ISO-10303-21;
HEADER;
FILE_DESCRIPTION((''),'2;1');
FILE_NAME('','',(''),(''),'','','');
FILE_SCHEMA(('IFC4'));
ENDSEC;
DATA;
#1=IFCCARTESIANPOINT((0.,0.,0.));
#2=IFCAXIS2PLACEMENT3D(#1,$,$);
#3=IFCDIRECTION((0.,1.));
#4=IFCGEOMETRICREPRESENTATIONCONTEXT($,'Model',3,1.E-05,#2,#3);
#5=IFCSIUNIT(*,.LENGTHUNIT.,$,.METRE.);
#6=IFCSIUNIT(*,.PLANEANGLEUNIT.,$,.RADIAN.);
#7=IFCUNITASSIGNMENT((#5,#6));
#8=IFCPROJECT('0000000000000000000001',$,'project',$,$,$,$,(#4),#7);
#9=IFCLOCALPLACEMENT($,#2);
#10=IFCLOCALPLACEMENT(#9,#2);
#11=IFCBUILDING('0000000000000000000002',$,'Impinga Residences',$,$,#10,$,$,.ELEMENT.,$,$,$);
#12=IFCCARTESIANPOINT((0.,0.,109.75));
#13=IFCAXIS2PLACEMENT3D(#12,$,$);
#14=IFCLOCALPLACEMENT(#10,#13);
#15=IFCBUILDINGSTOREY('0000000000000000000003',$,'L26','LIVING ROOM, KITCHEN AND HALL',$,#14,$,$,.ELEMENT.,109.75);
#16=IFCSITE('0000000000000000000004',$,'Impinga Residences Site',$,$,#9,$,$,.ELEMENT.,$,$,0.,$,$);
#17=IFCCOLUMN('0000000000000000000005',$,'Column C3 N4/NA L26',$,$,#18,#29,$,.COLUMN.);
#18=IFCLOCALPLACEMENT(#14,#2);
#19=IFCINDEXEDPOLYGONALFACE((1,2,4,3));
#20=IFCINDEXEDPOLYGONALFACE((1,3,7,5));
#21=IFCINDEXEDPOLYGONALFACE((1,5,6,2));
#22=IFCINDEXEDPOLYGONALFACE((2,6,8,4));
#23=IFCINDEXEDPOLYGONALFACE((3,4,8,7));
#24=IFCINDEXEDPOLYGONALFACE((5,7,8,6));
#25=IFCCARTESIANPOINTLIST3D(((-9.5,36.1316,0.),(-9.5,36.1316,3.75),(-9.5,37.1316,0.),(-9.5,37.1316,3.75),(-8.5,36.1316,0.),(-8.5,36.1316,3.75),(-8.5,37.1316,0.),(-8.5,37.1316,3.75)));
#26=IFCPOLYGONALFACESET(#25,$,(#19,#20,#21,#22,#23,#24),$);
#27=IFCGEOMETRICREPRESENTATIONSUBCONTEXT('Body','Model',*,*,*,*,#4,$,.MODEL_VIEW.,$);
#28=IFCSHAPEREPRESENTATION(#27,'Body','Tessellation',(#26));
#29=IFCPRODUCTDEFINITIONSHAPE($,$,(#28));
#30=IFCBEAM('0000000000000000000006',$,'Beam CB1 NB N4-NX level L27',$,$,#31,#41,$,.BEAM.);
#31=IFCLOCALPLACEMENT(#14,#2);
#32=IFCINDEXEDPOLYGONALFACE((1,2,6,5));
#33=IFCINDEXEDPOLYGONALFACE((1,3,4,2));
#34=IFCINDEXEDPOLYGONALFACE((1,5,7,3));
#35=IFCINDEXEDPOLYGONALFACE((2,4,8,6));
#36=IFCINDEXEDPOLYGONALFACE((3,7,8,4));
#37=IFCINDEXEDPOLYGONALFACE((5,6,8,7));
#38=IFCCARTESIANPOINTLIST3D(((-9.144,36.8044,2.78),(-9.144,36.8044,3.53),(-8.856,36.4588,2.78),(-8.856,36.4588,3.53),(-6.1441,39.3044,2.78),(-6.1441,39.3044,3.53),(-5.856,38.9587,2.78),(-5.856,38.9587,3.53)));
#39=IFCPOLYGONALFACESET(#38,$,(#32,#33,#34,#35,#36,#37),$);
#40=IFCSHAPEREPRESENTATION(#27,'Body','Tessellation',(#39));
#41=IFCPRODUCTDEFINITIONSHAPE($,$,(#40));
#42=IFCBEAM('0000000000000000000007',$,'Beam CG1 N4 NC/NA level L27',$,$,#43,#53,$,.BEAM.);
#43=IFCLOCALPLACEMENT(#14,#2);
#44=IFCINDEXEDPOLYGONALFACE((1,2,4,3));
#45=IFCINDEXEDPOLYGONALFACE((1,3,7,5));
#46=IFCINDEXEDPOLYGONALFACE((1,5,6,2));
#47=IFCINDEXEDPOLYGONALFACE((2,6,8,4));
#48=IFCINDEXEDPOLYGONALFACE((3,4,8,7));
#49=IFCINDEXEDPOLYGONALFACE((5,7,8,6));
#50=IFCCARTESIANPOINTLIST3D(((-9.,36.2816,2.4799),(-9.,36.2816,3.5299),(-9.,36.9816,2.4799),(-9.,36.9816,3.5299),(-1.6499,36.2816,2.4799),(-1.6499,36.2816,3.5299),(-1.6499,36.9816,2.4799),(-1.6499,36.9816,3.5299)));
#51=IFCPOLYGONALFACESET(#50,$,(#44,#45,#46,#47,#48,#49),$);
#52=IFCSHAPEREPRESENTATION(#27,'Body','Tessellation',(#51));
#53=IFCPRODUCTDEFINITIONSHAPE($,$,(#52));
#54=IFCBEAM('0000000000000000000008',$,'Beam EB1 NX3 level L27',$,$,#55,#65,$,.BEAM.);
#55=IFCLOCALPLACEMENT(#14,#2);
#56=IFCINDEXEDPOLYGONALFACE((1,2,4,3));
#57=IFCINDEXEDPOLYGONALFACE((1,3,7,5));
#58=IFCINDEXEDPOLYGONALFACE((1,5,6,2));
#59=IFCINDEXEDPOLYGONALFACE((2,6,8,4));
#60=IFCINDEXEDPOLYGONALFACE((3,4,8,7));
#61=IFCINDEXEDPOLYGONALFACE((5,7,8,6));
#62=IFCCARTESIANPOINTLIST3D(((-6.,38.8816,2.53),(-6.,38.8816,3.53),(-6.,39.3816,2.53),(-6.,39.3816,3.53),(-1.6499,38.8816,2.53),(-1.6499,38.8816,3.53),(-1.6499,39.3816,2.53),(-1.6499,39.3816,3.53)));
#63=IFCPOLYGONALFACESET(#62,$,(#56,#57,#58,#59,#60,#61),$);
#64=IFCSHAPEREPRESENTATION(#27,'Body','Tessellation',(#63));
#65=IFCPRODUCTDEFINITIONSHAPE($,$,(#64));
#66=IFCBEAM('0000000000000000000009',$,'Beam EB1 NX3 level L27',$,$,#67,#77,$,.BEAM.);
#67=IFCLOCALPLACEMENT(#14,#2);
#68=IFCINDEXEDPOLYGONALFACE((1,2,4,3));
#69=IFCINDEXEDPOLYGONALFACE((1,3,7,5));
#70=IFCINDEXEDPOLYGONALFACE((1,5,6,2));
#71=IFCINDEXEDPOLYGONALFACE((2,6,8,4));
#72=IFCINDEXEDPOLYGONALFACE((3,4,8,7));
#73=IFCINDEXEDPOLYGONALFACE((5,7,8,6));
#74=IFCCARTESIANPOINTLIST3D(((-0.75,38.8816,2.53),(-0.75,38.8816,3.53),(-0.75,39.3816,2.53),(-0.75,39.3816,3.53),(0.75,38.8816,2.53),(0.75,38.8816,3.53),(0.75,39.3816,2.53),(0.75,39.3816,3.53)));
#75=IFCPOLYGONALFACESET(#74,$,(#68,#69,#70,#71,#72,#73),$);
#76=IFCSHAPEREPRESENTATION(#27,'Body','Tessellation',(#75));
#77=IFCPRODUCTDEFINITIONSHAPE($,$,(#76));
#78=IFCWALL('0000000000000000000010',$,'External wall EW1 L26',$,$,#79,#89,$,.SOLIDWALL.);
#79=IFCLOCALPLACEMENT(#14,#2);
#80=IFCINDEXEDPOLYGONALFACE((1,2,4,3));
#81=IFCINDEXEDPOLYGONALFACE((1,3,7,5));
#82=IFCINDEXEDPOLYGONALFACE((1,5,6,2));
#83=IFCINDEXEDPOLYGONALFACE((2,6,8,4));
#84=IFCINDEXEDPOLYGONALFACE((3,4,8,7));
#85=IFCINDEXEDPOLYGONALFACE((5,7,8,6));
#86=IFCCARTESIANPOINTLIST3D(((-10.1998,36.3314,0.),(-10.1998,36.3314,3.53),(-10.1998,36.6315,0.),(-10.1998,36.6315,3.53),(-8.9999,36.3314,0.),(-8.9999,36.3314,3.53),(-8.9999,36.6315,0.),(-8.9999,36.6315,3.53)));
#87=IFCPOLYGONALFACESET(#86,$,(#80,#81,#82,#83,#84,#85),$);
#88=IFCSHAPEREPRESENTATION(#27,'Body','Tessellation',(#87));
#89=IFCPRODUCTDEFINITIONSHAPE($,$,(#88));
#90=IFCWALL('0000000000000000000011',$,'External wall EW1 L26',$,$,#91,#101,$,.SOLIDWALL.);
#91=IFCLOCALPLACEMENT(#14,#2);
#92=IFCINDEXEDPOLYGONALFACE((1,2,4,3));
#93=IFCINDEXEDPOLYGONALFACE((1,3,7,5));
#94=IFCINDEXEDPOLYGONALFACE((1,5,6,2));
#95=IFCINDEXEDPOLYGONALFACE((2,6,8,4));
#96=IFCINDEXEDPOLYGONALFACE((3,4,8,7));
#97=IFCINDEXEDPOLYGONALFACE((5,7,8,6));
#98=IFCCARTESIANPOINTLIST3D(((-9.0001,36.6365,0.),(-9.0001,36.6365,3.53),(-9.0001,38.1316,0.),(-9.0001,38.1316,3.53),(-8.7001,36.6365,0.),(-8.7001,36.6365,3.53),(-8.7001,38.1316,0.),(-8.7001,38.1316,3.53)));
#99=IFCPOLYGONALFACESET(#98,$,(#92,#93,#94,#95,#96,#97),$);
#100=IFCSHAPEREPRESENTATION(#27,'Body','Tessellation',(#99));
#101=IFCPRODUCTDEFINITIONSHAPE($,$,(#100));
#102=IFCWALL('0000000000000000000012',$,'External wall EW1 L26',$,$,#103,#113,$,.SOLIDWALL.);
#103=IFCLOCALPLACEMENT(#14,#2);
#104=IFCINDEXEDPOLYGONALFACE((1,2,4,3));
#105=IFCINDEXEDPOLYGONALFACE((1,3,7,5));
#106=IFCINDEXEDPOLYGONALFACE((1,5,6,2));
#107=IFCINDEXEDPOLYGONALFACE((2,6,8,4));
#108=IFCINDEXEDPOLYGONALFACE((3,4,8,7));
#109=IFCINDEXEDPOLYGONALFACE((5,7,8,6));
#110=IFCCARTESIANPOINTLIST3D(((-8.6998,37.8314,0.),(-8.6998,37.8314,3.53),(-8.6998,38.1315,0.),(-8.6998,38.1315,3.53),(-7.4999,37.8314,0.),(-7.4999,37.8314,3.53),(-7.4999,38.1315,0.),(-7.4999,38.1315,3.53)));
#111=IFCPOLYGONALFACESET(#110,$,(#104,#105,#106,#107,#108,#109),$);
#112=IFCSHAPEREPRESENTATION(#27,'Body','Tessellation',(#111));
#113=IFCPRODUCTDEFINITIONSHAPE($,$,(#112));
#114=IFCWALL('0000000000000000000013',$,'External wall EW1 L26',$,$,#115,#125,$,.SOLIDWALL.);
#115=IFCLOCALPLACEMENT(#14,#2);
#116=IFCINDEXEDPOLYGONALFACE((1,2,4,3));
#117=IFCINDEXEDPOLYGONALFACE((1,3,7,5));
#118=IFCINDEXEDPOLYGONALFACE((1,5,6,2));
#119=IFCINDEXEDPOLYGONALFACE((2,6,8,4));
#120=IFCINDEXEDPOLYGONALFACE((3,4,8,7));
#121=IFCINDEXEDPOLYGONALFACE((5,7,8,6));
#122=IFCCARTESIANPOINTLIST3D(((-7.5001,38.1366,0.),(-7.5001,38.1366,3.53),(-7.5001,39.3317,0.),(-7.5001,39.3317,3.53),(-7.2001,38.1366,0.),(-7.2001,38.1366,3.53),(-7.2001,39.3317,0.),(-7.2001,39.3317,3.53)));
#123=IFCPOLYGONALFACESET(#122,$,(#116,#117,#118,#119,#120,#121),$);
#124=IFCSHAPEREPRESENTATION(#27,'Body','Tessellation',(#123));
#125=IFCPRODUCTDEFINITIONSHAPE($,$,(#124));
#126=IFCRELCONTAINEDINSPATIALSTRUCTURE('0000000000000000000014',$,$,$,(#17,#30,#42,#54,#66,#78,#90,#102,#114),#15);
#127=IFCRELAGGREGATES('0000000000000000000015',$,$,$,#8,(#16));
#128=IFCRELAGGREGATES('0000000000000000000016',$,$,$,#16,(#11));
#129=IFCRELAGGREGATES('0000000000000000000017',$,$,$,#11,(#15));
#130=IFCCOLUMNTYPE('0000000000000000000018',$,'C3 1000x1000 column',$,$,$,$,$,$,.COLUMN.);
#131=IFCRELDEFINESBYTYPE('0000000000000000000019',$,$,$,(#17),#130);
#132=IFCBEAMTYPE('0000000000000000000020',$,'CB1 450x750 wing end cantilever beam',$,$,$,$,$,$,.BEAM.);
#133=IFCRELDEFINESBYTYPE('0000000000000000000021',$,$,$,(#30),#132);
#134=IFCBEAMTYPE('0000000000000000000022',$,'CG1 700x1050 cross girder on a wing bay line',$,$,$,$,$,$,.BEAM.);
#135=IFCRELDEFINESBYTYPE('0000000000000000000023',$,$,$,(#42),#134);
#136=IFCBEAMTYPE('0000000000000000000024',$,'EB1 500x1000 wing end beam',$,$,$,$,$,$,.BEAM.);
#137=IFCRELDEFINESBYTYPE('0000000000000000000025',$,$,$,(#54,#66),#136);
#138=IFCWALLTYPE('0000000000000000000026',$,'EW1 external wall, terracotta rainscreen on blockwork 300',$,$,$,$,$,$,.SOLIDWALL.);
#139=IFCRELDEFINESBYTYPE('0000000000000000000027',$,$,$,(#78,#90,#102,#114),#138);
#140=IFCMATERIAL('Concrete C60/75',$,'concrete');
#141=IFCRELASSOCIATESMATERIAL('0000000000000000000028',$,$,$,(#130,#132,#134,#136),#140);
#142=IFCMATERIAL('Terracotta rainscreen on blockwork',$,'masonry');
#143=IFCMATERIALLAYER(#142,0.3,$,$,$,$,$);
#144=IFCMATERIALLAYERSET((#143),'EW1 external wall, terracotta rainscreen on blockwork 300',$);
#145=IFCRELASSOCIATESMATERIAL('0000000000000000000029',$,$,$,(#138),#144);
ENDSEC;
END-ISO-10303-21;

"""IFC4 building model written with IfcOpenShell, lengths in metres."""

from ifc_helpers import new_model, si_unit, direction, frame, frame_2d, origin, origin_2d, place, context, subcontext, project, spatial, rectangle, extrude, material, layer, layer_set, material_profile, profile_set, type_object, element, save


model = new_model("IFC4")

# Units and contexts
model_context = context("Model", 3, precision=1e-05, world=origin(), true_north=direction((0.0, 1.0)))
body_context = subcontext(model_context, "Body", "Model", "MODEL_VIEW")
ifc_project = project(units=[si_unit("LENGTHUNIT", "METRE"), si_unit("PLANEANGLEUNIT", "RADIAN")], contexts=[model_context])

# Site, building, storey
site_placement = place(None, origin())
site = spatial("IfcSite", under=ifc_project, at=site_placement, Name="Impinga Residences Site", CompositionType="ELEMENT", RefElevation=0.0)
building_placement = place(site_placement, origin())
building = spatial("IfcBuilding", under=site, at=building_placement, Name="Impinga Residences", CompositionType="ELEMENT")
storey_placement = place(building_placement, frame((0.0, 0.0, 109.75)))
storey = spatial("IfcBuildingStorey", under=building, at=storey_placement, Name="L26", Description="LIVING ROOM, KITCHEN AND HALL", CompositionType="ELEMENT", Elevation=109.75)

# Column
ifc_material_1 = material(Name="Concrete C60/75", Category="concrete")
ifc_material_profile_1 = material_profile(ifc_material_1, rectangle(XDim=1.0, YDim=1.0, at=origin_2d()), Name="RC 1000x1000")
ifc_profile_set_1 = profile_set([ifc_material_profile_1], Name="Concrete C60/75")
column_type = type_object("IfcColumnType", Name="C3 1000x1000 column", PredefinedType="COLUMN", material=ifc_profile_set_1)
column_placement = place(storey_placement, frame((-9.0, 36.6316, 0.0), z_axis=(0.0, 0.0, 1.0), x_axis=(1.0, 0.0, 0.0)))
element("IfcColumn", 1, at=column_placement, inside=storey, type_object=column_type, Name="Column C3 N4/NA L26", PredefinedType="COLUMN", context=body_context, shape_type="SweptSolid", body=[
    extrude(rectangle(XDim=1.0, YDim=1.0, at=origin_2d()), origin(), (0.0, 0.0, 1.0), 3.75),
])

# Beams
ifc_material_profile_2 = material_profile(ifc_material_1, rectangle(XDim=0.45, YDim=0.75, at=origin_2d()), Name="RC 450x750")
ifc_profile_set_2 = profile_set([ifc_material_profile_2], Name="Concrete C60/75")
beam_type_1 = type_object("IfcBeamType", Name="CB1 450x750 wing end cantilever beam", PredefinedType="BEAM", material=ifc_profile_set_2)
beam_1_placement = place(storey_placement, frame((-9.0, 36.6316, 3.155), z_axis=(0.768221, 0.640184, 0.0), x_axis=(-0.640184, 0.768221, 0.0)))
element("IfcBeam", 2, at=beam_1_placement, inside=storey, type_object=beam_type_1, Name="Beam CB1 NB N4-NX level L27", PredefinedType="BEAM", context=body_context, shape_type="SweptSolid", body=[
    extrude(rectangle(XDim=0.45, YDim=0.75, at=origin_2d()), origin(), (0.0, 0.0, 1.0), 3.905),
])
ifc_material_profile_3 = material_profile(ifc_material_1, rectangle(XDim=0.7, YDim=1.05, at=origin_2d()), Name="RC 700x1050")
ifc_profile_set_3 = profile_set([ifc_material_profile_3], Name="Concrete C60/75")
beam_type_2 = type_object("IfcBeamType", Name="CG1 700x1050 cross girder on a wing bay line", PredefinedType="BEAM", material=ifc_profile_set_3)
beam_2_placement = place(storey_placement, frame((-1.6499, 36.6316, 3.0049), z_axis=(-1.0, 0.0, 0.0), x_axis=(0.0, -1.0, 0.0)))
element("IfcBeam", 3, at=beam_2_placement, inside=storey, type_object=beam_type_2, Name="Beam CG1 N4 NC/NA level L27", PredefinedType="BEAM", context=body_context, shape_type="SweptSolid", body=[
    extrude(rectangle(XDim=0.7, YDim=1.05, at=origin_2d()), origin(), (0.0, 0.0, 1.0), 7.3501),
])
ifc_material_profile_4 = material_profile(ifc_material_1, rectangle(XDim=0.5, YDim=1.0, at=origin_2d()), Name="RC 500x1000")
ifc_profile_set_4 = profile_set([ifc_material_profile_4], Name="Concrete C60/75")
beam_type_3 = type_object("IfcBeamType", Name="EB1 500x1000 wing end beam", PredefinedType="BEAM", material=ifc_profile_set_4)
beam_3_placement = place(storey_placement, frame((-6.0, 39.1316, 3.03), z_axis=(1.0, 0.0, 0.0), x_axis=(0.0, 1.0, 0.0)))
element("IfcBeam", 4, at=beam_3_placement, inside=storey, type_object=beam_type_3, Name="Beam EB1 NX3 level L27", PredefinedType="BEAM", context=body_context, shape_type="SweptSolid", body=[
    extrude(rectangle(XDim=0.5, YDim=1.0, at=origin_2d()), origin(), (0.0, 0.0, 1.0), 4.3501),
])
beam_4_placement = place(storey_placement, frame((-0.75, 39.1316, 3.03), z_axis=(1.0, 0.0, 0.0), x_axis=(0.0, 1.0, 0.0)))
element("IfcBeam", 5, at=beam_4_placement, inside=storey, type_object=beam_type_3, Name="Beam EB1 NX3 level L27", PredefinedType="BEAM", context=body_context, shape_type="SweptSolid", body=[
    extrude(rectangle(XDim=0.5, YDim=1.0, at=origin_2d()), origin(), (0.0, 0.0, 1.0), 1.5),
])

# Walls
ifc_material_2 = material(Name="Terracotta rainscreen on blockwork", Category="masonry")
ifc_layer_1 = layer(ifc_material_2, 0.3)
ifc_layer_set_1 = layer_set([ifc_layer_1], Name="EW1 external wall, terracotta rainscreen on blockwork 300")
wall_type_1 = type_object("IfcWallType", Name="EW1 external wall, terracotta rainscreen on blockwork 300", PredefinedType="SOLIDWALL", material=ifc_layer_set_1)
wall_1_placement = place(storey_placement, frame((-10.2, 36.4814, 0.0), z_axis=(0.0, 0.0, 1.0), x_axis=(1.0, 0.0, 0.0)))
element("IfcWall", 6, at=wall_1_placement, inside=storey, type_object=wall_type_1, Name="External wall EW1 L26", PredefinedType="SOLIDWALL", context=body_context, shape_type="SweptSolid", body=[
    extrude(rectangle(XDim=1.2, YDim=0.3, at=frame_2d((0.6001, 0.0))), origin(), (0.0, 0.0, 1.0), 3.53),
])
wall_2_placement = place(storey_placement, frame((-8.8501, 36.6365, 0.0), z_axis=(0.0, 0.0, 1.0), x_axis=(0.0, 1.0, 0.0)))
element("IfcWall", 7, at=wall_2_placement, inside=storey, type_object=wall_type_1, Name="External wall EW1 L26", PredefinedType="SOLIDWALL", context=body_context, shape_type="SweptSolid", body=[
    extrude(rectangle(XDim=1.4951, YDim=0.3, at=frame_2d((0.7476, 0.0))), origin(), (0.0, 0.0, 1.0), 3.53),
])
wall_3_placement = place(storey_placement, frame((-8.7, 37.9814, 0.0), z_axis=(0.0, 0.0, 1.0), x_axis=(1.0, 0.0, 0.0)))
element("IfcWall", 8, at=wall_3_placement, inside=storey, type_object=wall_type_1, Name="External wall EW1 L26", PredefinedType="SOLIDWALL", context=body_context, shape_type="SweptSolid", body=[
    extrude(rectangle(XDim=1.2, YDim=0.3, at=frame_2d((0.6001, 0.0))), origin(), (0.0, 0.0, 1.0), 3.53),
])
wall_4_placement = place(storey_placement, frame((-7.3501, 38.1365, 0.0), z_axis=(0.0, 0.0, 1.0), x_axis=(0.0, 1.0, 0.0)))
element("IfcWall", 9, at=wall_4_placement, inside=storey, type_object=wall_type_1, Name="External wall EW1 L26", PredefinedType="SOLIDWALL", context=body_context, shape_type="SweptSolid", body=[
    extrude(rectangle(XDim=1.1951, YDim=0.3, at=frame_2d((0.5977, 0.0))), origin(), (0.0, 0.0, 1.0), 3.53),
])

save(model, "model.ifc")
